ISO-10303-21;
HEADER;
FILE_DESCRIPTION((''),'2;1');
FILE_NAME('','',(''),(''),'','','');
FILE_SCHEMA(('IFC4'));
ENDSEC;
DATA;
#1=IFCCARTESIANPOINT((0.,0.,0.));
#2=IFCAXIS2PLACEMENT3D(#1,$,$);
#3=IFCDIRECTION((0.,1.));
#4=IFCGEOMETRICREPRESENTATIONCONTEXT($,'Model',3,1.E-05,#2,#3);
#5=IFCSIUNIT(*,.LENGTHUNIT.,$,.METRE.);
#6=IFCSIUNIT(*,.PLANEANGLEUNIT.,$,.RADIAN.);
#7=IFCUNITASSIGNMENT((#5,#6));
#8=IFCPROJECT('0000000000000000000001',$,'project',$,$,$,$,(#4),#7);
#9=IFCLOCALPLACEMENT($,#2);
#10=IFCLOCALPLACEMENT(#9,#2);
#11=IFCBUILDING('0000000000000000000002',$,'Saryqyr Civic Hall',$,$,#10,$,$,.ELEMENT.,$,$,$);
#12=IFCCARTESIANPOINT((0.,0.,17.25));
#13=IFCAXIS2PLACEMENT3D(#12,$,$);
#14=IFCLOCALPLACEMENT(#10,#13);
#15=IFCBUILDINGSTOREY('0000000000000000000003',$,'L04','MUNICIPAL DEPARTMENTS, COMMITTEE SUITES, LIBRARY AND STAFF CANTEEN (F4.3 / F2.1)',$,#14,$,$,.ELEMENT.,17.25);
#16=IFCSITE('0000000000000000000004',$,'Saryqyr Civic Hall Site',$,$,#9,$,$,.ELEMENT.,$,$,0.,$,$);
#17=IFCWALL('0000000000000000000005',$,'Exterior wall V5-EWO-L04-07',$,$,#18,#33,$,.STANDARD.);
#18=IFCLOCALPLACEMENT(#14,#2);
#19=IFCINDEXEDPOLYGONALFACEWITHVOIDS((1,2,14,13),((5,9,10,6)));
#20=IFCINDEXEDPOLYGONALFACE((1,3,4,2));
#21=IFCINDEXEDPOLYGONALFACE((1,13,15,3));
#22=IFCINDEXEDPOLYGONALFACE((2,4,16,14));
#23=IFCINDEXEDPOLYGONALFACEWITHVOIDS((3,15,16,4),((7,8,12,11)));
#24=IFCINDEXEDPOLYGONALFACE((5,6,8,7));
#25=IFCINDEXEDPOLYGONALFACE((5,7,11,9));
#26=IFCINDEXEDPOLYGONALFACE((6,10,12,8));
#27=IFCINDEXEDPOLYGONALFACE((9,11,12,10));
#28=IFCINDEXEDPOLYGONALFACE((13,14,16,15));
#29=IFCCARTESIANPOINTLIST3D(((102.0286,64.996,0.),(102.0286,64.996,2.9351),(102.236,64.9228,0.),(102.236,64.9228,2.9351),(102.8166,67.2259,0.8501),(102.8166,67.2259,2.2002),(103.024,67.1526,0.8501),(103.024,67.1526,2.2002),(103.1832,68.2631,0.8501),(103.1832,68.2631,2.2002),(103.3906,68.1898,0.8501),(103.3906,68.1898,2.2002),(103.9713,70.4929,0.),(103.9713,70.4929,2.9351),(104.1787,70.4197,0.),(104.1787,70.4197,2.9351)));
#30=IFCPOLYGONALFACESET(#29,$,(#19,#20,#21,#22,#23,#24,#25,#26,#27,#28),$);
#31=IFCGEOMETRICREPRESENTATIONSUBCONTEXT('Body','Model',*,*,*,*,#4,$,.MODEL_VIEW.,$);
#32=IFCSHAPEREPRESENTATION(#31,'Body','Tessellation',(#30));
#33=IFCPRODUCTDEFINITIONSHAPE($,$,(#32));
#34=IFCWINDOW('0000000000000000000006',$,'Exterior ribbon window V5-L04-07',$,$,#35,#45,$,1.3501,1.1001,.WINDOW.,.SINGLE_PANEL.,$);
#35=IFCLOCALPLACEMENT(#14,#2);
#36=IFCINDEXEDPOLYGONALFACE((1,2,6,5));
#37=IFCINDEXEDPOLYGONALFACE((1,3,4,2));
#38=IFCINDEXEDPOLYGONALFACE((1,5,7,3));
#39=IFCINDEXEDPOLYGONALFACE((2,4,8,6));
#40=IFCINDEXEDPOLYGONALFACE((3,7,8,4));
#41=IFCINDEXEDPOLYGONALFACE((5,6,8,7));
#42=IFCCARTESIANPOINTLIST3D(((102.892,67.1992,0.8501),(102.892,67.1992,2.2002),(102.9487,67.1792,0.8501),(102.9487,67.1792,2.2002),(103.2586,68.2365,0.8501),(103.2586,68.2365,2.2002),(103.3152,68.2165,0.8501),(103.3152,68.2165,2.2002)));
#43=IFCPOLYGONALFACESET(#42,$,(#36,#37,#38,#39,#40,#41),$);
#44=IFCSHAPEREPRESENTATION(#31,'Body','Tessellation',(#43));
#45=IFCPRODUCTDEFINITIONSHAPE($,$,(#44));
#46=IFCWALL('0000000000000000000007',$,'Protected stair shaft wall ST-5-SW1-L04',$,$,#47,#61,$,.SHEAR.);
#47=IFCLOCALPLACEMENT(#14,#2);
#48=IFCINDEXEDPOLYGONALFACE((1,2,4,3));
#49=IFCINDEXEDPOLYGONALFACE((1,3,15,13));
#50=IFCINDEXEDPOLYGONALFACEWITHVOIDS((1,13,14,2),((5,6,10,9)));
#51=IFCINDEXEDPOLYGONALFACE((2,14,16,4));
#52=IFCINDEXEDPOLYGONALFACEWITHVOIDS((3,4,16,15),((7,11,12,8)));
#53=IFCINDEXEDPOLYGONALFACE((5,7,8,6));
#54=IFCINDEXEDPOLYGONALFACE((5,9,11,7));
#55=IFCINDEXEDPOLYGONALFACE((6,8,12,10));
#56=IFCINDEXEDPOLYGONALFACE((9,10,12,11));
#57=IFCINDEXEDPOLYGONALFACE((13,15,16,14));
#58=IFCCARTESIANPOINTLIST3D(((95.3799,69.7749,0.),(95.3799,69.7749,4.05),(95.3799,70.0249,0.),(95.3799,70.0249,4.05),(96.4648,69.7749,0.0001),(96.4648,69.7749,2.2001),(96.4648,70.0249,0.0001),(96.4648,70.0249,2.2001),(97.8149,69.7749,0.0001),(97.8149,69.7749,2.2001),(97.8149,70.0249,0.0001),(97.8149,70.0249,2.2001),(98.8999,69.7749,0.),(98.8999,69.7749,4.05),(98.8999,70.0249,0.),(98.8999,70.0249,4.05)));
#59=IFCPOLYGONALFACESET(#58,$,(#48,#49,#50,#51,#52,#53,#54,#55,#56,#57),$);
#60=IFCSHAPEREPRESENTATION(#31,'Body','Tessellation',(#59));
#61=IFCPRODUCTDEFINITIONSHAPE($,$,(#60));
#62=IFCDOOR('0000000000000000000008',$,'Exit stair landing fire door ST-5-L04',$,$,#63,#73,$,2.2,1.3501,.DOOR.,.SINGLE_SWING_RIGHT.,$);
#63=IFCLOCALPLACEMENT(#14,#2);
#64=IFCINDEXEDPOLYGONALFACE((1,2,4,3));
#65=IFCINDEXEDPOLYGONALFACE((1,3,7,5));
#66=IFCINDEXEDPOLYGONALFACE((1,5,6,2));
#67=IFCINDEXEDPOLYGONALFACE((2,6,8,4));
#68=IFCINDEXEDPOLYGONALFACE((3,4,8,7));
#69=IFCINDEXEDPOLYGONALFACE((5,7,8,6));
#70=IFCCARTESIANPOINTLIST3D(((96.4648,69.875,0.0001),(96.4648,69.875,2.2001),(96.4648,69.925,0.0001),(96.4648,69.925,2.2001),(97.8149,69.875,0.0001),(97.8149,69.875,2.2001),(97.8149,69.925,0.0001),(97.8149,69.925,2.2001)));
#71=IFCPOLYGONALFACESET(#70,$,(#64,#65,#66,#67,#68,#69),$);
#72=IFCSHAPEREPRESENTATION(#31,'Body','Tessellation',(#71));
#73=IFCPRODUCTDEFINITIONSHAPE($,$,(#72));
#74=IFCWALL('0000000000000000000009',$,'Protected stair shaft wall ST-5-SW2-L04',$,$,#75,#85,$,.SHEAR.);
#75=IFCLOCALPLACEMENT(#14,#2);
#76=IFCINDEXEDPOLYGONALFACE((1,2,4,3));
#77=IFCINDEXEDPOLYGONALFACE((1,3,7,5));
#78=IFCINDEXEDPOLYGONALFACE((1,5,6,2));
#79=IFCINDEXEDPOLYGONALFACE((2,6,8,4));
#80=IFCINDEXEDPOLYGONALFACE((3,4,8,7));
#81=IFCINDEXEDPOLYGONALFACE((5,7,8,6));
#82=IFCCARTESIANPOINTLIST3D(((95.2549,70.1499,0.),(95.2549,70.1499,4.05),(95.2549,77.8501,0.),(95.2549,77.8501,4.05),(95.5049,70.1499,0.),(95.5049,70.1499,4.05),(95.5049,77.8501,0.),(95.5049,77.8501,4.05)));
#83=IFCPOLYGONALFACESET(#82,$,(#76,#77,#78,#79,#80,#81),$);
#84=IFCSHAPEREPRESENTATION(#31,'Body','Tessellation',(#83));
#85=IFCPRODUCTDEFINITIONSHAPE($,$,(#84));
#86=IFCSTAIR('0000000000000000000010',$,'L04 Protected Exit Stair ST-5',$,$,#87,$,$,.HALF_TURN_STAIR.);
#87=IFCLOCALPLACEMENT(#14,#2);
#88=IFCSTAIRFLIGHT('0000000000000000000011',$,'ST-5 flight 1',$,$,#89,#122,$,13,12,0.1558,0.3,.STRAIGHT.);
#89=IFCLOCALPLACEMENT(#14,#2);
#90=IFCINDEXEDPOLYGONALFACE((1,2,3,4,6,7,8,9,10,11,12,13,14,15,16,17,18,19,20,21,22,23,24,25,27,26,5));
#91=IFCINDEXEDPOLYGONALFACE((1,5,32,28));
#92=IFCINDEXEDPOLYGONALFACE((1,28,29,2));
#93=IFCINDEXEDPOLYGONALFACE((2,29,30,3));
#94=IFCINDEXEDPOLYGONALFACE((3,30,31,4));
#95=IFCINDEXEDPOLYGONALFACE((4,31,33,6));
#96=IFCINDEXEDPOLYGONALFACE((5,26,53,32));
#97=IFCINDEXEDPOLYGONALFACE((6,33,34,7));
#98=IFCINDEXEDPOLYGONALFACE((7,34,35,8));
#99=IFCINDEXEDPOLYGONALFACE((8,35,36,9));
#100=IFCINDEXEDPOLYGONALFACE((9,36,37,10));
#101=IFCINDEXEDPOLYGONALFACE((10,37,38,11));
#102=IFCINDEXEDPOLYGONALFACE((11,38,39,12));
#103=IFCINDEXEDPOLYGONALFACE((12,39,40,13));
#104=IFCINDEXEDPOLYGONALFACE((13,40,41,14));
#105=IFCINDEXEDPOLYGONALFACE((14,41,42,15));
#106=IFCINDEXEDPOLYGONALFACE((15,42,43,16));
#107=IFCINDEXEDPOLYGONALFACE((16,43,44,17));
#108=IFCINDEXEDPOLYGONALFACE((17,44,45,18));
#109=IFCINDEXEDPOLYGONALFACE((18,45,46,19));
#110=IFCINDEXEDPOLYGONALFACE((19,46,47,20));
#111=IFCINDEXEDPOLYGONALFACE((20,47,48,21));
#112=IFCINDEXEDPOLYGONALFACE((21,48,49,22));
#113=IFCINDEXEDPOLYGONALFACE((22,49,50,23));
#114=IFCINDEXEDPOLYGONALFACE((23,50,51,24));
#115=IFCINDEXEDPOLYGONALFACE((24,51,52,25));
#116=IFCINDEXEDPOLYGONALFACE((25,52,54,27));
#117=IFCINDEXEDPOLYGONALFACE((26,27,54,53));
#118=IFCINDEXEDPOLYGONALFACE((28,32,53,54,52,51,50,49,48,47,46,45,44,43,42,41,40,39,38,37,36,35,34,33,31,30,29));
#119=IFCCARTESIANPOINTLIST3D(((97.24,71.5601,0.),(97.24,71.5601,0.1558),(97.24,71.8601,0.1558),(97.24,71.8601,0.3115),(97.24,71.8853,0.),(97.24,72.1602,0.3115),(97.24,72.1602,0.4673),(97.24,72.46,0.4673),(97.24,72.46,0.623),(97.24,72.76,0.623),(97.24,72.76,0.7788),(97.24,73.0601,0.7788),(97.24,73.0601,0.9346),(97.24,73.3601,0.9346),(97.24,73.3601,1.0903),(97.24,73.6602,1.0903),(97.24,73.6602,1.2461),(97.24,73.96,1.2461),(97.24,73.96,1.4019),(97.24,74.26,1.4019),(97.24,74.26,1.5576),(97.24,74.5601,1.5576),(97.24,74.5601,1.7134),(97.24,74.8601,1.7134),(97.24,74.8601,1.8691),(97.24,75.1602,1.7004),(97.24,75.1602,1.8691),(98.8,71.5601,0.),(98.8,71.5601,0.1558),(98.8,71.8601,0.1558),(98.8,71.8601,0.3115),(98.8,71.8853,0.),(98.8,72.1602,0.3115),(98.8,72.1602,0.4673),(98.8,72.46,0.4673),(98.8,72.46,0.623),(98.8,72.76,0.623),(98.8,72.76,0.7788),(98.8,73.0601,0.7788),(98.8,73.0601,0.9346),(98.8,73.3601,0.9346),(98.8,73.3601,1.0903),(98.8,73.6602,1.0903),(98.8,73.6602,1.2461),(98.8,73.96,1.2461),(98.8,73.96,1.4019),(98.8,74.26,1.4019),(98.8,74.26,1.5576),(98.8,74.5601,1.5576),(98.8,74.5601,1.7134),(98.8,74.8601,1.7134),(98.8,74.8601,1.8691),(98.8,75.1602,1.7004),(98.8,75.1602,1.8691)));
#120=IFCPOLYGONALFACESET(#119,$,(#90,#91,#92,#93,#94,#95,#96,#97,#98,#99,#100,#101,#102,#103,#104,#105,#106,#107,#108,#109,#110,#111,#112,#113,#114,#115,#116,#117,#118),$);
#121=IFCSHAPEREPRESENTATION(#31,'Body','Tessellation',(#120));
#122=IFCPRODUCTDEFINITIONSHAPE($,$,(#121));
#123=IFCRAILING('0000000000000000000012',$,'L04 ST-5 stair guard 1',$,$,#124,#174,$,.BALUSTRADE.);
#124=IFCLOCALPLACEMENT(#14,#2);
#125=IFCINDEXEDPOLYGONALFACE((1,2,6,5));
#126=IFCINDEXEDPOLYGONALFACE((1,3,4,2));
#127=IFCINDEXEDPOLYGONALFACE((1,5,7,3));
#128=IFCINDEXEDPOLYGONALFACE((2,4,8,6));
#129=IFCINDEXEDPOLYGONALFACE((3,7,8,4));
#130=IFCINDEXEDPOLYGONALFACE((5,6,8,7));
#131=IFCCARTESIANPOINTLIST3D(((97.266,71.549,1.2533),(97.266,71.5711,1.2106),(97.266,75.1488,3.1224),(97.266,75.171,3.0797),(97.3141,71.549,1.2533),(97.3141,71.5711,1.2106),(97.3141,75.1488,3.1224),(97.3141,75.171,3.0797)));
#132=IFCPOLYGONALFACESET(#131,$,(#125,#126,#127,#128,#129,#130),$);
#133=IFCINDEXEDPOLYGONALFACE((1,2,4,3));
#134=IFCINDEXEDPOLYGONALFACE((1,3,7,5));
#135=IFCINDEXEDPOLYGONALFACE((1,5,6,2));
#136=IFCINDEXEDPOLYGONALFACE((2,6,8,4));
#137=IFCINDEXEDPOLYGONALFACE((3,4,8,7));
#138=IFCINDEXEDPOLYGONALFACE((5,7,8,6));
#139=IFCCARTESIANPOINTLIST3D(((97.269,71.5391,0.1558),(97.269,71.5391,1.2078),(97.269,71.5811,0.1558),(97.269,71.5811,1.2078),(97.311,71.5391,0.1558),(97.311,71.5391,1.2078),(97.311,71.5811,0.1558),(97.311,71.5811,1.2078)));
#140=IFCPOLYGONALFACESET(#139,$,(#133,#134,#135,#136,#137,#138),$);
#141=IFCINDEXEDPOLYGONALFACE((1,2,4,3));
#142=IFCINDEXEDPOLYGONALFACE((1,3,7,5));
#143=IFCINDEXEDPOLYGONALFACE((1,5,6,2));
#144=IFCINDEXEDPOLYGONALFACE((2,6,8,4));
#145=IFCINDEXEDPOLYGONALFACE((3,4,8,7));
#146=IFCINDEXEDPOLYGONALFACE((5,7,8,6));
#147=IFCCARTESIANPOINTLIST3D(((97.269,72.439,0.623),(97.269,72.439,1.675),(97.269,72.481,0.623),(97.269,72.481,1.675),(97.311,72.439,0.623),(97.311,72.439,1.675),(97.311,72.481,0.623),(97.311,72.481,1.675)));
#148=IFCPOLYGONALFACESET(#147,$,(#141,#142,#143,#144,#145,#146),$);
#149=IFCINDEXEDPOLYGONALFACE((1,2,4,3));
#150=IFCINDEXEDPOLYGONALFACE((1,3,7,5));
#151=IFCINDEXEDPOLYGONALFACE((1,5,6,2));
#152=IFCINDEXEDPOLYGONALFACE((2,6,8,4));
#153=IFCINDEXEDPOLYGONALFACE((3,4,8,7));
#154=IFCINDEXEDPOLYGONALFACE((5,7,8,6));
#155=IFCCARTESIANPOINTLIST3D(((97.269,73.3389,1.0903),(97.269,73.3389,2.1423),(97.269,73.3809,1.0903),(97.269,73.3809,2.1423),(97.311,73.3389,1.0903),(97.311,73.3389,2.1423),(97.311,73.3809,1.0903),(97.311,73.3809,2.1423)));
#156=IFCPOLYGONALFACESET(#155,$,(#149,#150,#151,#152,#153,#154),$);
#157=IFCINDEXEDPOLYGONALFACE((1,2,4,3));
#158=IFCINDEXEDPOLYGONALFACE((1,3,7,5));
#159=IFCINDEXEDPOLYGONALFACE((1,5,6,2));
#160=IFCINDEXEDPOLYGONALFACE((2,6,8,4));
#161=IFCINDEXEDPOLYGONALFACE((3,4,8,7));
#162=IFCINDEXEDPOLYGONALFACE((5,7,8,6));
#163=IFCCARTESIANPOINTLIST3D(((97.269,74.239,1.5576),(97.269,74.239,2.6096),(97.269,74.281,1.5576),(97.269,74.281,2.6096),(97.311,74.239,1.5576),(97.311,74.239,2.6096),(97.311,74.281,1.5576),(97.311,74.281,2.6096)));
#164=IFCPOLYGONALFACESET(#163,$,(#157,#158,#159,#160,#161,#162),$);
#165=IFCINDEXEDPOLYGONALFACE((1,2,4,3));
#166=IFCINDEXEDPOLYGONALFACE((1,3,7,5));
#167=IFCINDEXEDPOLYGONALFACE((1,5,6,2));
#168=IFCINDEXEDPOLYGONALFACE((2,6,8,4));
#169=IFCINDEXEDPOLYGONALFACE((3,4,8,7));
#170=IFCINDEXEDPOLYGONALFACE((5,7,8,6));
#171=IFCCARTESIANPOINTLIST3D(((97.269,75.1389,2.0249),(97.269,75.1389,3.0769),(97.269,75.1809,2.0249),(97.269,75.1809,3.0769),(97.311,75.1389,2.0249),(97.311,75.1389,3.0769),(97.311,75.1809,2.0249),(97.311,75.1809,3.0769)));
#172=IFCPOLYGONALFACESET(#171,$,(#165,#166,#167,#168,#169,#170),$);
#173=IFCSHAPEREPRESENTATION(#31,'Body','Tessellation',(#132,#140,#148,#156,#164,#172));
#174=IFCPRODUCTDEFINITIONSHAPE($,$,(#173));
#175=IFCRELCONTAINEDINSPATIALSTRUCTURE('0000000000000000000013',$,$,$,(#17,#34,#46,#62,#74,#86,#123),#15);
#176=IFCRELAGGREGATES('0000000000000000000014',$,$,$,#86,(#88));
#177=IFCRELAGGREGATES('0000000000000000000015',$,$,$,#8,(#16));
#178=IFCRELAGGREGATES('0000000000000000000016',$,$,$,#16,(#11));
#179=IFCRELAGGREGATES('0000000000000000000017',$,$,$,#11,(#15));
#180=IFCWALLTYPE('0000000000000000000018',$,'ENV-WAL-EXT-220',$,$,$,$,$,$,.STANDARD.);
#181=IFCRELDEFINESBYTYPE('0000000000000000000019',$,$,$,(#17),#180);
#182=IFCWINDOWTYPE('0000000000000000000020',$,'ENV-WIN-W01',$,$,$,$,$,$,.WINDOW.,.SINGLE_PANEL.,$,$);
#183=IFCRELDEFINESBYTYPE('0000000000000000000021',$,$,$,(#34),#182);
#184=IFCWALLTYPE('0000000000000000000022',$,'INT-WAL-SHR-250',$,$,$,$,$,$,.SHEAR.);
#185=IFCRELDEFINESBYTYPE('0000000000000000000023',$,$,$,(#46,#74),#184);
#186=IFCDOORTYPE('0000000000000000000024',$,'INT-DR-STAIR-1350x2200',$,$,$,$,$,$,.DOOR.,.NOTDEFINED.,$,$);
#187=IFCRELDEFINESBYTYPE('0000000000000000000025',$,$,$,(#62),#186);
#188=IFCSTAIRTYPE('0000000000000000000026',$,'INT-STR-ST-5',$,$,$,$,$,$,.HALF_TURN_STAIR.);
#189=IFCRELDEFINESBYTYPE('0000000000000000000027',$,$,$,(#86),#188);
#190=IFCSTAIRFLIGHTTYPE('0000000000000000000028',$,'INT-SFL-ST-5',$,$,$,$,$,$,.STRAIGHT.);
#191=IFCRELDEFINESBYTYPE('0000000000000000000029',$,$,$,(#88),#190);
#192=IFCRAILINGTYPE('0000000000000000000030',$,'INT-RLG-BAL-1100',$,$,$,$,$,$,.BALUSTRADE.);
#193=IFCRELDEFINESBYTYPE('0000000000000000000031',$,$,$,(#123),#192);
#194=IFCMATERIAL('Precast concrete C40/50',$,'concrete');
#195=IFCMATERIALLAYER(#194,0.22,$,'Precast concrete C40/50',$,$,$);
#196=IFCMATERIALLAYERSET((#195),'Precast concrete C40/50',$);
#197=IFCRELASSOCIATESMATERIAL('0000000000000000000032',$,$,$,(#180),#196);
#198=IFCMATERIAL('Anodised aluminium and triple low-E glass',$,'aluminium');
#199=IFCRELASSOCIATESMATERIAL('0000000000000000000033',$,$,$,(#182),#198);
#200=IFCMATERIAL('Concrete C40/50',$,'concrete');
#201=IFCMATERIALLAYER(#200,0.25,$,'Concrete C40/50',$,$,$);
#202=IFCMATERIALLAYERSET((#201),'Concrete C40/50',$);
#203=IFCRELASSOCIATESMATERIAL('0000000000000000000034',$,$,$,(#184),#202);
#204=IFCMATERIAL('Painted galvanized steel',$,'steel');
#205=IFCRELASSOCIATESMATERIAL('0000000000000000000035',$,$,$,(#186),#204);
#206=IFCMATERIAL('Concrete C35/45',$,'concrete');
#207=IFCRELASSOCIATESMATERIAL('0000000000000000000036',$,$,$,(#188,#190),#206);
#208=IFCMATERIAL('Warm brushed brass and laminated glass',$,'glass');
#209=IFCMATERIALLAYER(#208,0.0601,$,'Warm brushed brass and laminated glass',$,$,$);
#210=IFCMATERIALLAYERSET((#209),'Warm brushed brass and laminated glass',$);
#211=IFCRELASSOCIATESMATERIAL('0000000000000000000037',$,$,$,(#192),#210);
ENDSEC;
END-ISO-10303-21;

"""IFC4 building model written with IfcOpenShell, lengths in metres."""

from ifc_helpers import new_model, si_unit, direction, frame, frame_2d, origin, origin_2d, place, context, subcontext, project, spatial, polyline, rectangle, outline, extrude, material, layer, layer_set, type_object, element, fill, aggregate, save


model = new_model("IFC4")

# Units and contexts
model_context = context("Model", 3, precision=1e-05, world=origin(), true_north=direction((0.0, 1.0)))
body_context = subcontext(model_context, "Body", "Model", "MODEL_VIEW")
ifc_project = project(units=[si_unit("LENGTHUNIT", "METRE"), si_unit("PLANEANGLEUNIT", "RADIAN")], contexts=[model_context])

# Site, building, storey
site_placement = place(None, origin())
site = spatial("IfcSite", under=ifc_project, at=site_placement, Name="Saryqyr Civic Hall Site", CompositionType="ELEMENT", RefElevation=0.0)
building_placement = place(site_placement, origin())
building = spatial("IfcBuilding", under=site, at=building_placement, Name="Saryqyr Civic Hall", CompositionType="ELEMENT")
storey_placement = place(building_placement, frame((0.0, 0.0, 17.25)))
storey = spatial("IfcBuildingStorey", under=building, at=storey_placement, Name="L04", Description="MUNICIPAL DEPARTMENTS, COMMITTEE SUITES, LIBRARY AND STAFF CANTEEN (F4.3 / F2.1)", CompositionType="ELEMENT", Elevation=17.25)

# Shared definitions
ifc_material_1 = material(Name="Concrete C40/50", Category="concrete")

# Shared definitions
ifc_material_2 = material(Name="Anodised aluminium and triple low-E glass", Category="aluminium")

# Shared definitions
ifc_material_3 = material(Name="Precast concrete C40/50", Category="concrete")

# Shared definitions
ifc_material_4 = material(Name="Concrete C35/45", Category="concrete")

# Wall, opening, window
ifc_layer_1 = layer(ifc_material_3, 0.22, Name="Precast concrete C40/50")
ifc_layer_set_1 = layer_set([ifc_layer_1], Name="Precast concrete C40/50")
wall_type_1 = type_object("IfcWallType", Name="ENV-WAL-EXT-220", PredefinedType="STANDARD", material=ifc_layer_set_1)
wall_1_placement = place(storey_placement, frame((104.075, 70.4563, 0.0), z_axis=(0.0, 0.0, 1.0), x_axis=(-0.333212, -0.942852, 0.0)))
wall_1 = element("IfcWall", 1, at=wall_1_placement, inside=storey, type_object=wall_type_1, Name="Exterior wall V5-EWO-L04-07", PredefinedType="STANDARD", context=body_context, shape_type="SweptSolid", body=[
    extrude(rectangle(XDim=5.8301, YDim=0.22, at=frame_2d((2.915, 0.0))), origin(), (0.0, 0.0, 1.0), 2.9351),
])
opening_1_placement = place(wall_1_placement, frame((2.365, 0.0, 0.8501)))
opening_1 = element("IfcOpeningElement", 2, at=opening_1_placement, cuts=wall_1, PredefinedType="OPENING", context=body_context, shape_type="SweptSolid", body=[
    extrude(rectangle(XDim=1.1001, YDim=1.3501, at=frame_2d((0.55, 0.675))), frame((0.0, 0.1199, 0.0), z_axis=(0.0, -1.0, 0.0), x_axis=(1.0, 0.0, 0.0)), (0.0, 0.0, 1.0), 0.24),
])
window_type = type_object("IfcWindowType", Name="ENV-WIN-W01", PartitioningType="SINGLE_PANEL", PredefinedType="WINDOW", material=ifc_material_2)
window_placement = place(opening_1_placement, origin())
window = element("IfcWindow", 3, at=window_placement, inside=storey, type_object=window_type, Name="Exterior ribbon window V5-L04-07", OverallHeight=1.3501, OverallWidth=1.1001, PartitioningType="SINGLE_PANEL", PredefinedType="WINDOW", context=body_context, shape_type="SweptSolid", body=[
    extrude(rectangle(XDim=1.1001, YDim=1.3501, at=frame_2d((0.55, 0.675))), frame((0.0, 0.03, 0.0), z_axis=(0.0, -1.0, 0.0), x_axis=(1.0, 0.0, 0.0)), (0.0, 0.0, 1.0), 0.0601),
])
fill(opening_1, window)

# Wall, opening, door
ifc_layer_2 = layer(ifc_material_1, 0.25, Name="Concrete C40/50")
ifc_layer_set_2 = layer_set([ifc_layer_2], Name="Concrete C40/50")
wall_type_2 = type_object("IfcWallType", Name="INT-WAL-SHR-250", PredefinedType="SHEAR", material=ifc_layer_set_2)
wall_2_placement = place(storey_placement, frame((98.8999, 69.8999, 0.0), z_axis=(0.0, 0.0, 1.0), x_axis=(-1.0, 0.0, 0.0)))
wall_2 = element("IfcWall", 4, at=wall_2_placement, inside=storey, type_object=wall_type_2, Name="Protected stair shaft wall ST-5-SW1-L04", PredefinedType="SHEAR", context=body_context, shape_type="SweptSolid", body=[
    extrude(rectangle(XDim=3.52, YDim=0.25, at=frame_2d((1.76, 0.0))), origin(), (0.0, 0.0, 1.0), 4.05),
])
opening_2_placement = place(wall_2_placement, frame((1.085, 0.0, 0.0)))
opening_2 = element("IfcOpeningElement", 5, at=opening_2_placement, cuts=wall_2, PredefinedType="OPENING", context=body_context, shape_type="SweptSolid", body=[
    extrude(rectangle(XDim=1.3501, YDim=2.2, at=frame_2d((0.675, 1.1001))), frame((0.0, 0.135, 0.0), z_axis=(0.0, -1.0, 0.0), x_axis=(1.0, 0.0, 0.0)), (0.0, 0.0, 1.0), 0.27),
])
ifc_material_5 = material(Name="Painted galvanized steel", Category="steel")
door_type = type_object("IfcDoorType", Name="INT-DR-STAIR-1350x2200", OperationType="NOTDEFINED", PredefinedType="DOOR", material=ifc_material_5)
door_placement = place(opening_2_placement, origin())
door = element("IfcDoor", 6, at=door_placement, inside=storey, type_object=door_type, Name="Exit stair landing fire door ST-5-L04", OperationType="SINGLE_SWING_RIGHT", OverallHeight=2.2, OverallWidth=1.3501, PredefinedType="DOOR", context=body_context, shape_type="SweptSolid", body=[
    extrude(rectangle(XDim=1.3501, YDim=2.2, at=frame_2d((0.675, 1.1001))), frame((0.0, 0.0249, 0.0), z_axis=(0.0, -1.0, 0.0), x_axis=(1.0, 0.0, 0.0)), (0.0, 0.0, 1.0), 0.05),
])
fill(opening_2, door)

# Wall
wall_3_placement = place(storey_placement, frame((95.3799, 70.1499, 0.0), z_axis=(0.0, 0.0, 1.0), x_axis=(0.0, 1.0, 0.0)))
element("IfcWall", 7, at=wall_3_placement, inside=storey, type_object=wall_type_2, Name="Protected stair shaft wall ST-5-SW2-L04", PredefinedType="SHEAR", context=body_context, shape_type="SweptSolid", body=[
    extrude(rectangle(XDim=7.7002, YDim=0.25, at=frame_2d((3.8501, 0.0))), origin(), (0.0, 0.0, 1.0), 4.05),
])

# Stair, stair flight
stair_type = type_object("IfcStairType", Name="INT-STR-ST-5", PredefinedType="HALF_TURN_STAIR", material=ifc_material_4)
stair_placement = place(storey_placement, origin())
stair = element("IfcStair", 8, at=stair_placement, inside=storey, type_object=stair_type, Name="L04 Protected Exit Stair ST-5", PredefinedType="HALF_TURN_STAIR")
stair_flight_type = type_object("IfcStairFlightType", Name="INT-SFL-ST-5", PredefinedType="STRAIGHT", material=ifc_material_4)
stair_flight_placement = place(storey_placement, frame((98.02, 71.5601, 0.0), z_axis=(0.0, 0.0, 1.0), x_axis=(0.0, 1.0, 0.0)))
stair_flight = element("IfcStairFlight", 9, at=stair_flight_placement, type_object=stair_flight_type, Name="ST-5 flight 1", NumberOfRisers=13, NumberOfTreads=12, PredefinedType="STRAIGHT", RiserHeight=0.1558, TreadLength=0.3, context=body_context, shape_type="SweptSolid", body=[
    extrude(outline(polyline([(0.0, 0.0), (0.0, 0.1558), (0.3, 0.1558), (0.3, 0.3115), (0.6001, 0.3115), (0.6001, 0.4673), (0.8999, 0.4673), (0.8999, 0.623), (1.2, 0.623), (1.2, 0.7788), (1.5, 0.7788), (1.5, 0.9346), (1.8, 0.9346), (1.8, 1.0903), (2.1001, 1.0903), (2.1001, 1.2461), (2.3999, 1.2461), (2.3999, 1.4019), (2.7, 1.4019), (2.7, 1.5576), (3.0, 1.5576), (3.0, 1.7134), (3.3, 1.7134), (3.3, 1.8691), (3.6001, 1.8691), (3.6001, 2.0249), (3.6001, 1.7004), (0.3252, 0.0), (0.0, 0.0)])), frame((0.0, 0.78, 0.0), z_axis=(0.0, -1.0, 0.0), x_axis=(1.0, 0.0, 0.0)), (0.0, 0.0, 1.0), 1.5601),
])
aggregate(stair, [stair_flight])

# Railing
ifc_material_6 = material(Name="Warm brushed brass and laminated glass", Category="glass")
ifc_layer_3 = layer(ifc_material_6, 0.0601, Name="Warm brushed brass and laminated glass")
ifc_layer_set_3 = layer_set([ifc_layer_3], Name="Warm brushed brass and laminated glass")
railing_type_1 = type_object("IfcRailingType", Name="INT-RLG-BAL-1100", PredefinedType="BALUSTRADE", material=ifc_layer_set_3)
railing_1_placement = place(storey_placement, frame((97.29, 71.5601, 0.1558)))
element("IfcRailing", 10, at=railing_1_placement, inside=storey, type_object=railing_type_1, Name="L04 ST-5 stair guard 1", PredefinedType="BALUSTRADE", context=body_context, shape_type="SweptSolid", body=[
    extrude(rectangle(XDim=0.0481, YDim=0.0481, at=origin_2d()), frame((0.0, 0.0, 1.0762), z_axis=(0.0, 0.887497, 0.460813), x_axis=(-1.0, 0.0, 0.0)), (0.0, 0.0, 1.0), 4.0562),
    extrude(rectangle(XDim=0.042, YDim=0.042, at=origin_2d()), origin(), (0.0, 0.0, 1.0), 1.052),
    extrude(rectangle(XDim=0.042, YDim=0.042, at=origin_2d()), frame((0.0, 0.8999, 0.4673)), (0.0, 0.0, 1.0), 1.052),
    extrude(rectangle(XDim=0.042, YDim=0.042, at=origin_2d()), frame((0.0, 1.7998, 0.9346)), (0.0, 0.0, 1.0), 1.052),
    extrude(rectangle(XDim=0.042, YDim=0.042, at=origin_2d()), frame((0.0, 2.7, 1.4019)), (0.0, 0.0, 1.0), 1.052),
    extrude(rectangle(XDim=0.042, YDim=0.042, at=origin_2d()), frame((0.0, 3.5999, 1.8691)), (0.0, 0.0, 1.0), 1.052),
])

save(model, "model.ifc")
